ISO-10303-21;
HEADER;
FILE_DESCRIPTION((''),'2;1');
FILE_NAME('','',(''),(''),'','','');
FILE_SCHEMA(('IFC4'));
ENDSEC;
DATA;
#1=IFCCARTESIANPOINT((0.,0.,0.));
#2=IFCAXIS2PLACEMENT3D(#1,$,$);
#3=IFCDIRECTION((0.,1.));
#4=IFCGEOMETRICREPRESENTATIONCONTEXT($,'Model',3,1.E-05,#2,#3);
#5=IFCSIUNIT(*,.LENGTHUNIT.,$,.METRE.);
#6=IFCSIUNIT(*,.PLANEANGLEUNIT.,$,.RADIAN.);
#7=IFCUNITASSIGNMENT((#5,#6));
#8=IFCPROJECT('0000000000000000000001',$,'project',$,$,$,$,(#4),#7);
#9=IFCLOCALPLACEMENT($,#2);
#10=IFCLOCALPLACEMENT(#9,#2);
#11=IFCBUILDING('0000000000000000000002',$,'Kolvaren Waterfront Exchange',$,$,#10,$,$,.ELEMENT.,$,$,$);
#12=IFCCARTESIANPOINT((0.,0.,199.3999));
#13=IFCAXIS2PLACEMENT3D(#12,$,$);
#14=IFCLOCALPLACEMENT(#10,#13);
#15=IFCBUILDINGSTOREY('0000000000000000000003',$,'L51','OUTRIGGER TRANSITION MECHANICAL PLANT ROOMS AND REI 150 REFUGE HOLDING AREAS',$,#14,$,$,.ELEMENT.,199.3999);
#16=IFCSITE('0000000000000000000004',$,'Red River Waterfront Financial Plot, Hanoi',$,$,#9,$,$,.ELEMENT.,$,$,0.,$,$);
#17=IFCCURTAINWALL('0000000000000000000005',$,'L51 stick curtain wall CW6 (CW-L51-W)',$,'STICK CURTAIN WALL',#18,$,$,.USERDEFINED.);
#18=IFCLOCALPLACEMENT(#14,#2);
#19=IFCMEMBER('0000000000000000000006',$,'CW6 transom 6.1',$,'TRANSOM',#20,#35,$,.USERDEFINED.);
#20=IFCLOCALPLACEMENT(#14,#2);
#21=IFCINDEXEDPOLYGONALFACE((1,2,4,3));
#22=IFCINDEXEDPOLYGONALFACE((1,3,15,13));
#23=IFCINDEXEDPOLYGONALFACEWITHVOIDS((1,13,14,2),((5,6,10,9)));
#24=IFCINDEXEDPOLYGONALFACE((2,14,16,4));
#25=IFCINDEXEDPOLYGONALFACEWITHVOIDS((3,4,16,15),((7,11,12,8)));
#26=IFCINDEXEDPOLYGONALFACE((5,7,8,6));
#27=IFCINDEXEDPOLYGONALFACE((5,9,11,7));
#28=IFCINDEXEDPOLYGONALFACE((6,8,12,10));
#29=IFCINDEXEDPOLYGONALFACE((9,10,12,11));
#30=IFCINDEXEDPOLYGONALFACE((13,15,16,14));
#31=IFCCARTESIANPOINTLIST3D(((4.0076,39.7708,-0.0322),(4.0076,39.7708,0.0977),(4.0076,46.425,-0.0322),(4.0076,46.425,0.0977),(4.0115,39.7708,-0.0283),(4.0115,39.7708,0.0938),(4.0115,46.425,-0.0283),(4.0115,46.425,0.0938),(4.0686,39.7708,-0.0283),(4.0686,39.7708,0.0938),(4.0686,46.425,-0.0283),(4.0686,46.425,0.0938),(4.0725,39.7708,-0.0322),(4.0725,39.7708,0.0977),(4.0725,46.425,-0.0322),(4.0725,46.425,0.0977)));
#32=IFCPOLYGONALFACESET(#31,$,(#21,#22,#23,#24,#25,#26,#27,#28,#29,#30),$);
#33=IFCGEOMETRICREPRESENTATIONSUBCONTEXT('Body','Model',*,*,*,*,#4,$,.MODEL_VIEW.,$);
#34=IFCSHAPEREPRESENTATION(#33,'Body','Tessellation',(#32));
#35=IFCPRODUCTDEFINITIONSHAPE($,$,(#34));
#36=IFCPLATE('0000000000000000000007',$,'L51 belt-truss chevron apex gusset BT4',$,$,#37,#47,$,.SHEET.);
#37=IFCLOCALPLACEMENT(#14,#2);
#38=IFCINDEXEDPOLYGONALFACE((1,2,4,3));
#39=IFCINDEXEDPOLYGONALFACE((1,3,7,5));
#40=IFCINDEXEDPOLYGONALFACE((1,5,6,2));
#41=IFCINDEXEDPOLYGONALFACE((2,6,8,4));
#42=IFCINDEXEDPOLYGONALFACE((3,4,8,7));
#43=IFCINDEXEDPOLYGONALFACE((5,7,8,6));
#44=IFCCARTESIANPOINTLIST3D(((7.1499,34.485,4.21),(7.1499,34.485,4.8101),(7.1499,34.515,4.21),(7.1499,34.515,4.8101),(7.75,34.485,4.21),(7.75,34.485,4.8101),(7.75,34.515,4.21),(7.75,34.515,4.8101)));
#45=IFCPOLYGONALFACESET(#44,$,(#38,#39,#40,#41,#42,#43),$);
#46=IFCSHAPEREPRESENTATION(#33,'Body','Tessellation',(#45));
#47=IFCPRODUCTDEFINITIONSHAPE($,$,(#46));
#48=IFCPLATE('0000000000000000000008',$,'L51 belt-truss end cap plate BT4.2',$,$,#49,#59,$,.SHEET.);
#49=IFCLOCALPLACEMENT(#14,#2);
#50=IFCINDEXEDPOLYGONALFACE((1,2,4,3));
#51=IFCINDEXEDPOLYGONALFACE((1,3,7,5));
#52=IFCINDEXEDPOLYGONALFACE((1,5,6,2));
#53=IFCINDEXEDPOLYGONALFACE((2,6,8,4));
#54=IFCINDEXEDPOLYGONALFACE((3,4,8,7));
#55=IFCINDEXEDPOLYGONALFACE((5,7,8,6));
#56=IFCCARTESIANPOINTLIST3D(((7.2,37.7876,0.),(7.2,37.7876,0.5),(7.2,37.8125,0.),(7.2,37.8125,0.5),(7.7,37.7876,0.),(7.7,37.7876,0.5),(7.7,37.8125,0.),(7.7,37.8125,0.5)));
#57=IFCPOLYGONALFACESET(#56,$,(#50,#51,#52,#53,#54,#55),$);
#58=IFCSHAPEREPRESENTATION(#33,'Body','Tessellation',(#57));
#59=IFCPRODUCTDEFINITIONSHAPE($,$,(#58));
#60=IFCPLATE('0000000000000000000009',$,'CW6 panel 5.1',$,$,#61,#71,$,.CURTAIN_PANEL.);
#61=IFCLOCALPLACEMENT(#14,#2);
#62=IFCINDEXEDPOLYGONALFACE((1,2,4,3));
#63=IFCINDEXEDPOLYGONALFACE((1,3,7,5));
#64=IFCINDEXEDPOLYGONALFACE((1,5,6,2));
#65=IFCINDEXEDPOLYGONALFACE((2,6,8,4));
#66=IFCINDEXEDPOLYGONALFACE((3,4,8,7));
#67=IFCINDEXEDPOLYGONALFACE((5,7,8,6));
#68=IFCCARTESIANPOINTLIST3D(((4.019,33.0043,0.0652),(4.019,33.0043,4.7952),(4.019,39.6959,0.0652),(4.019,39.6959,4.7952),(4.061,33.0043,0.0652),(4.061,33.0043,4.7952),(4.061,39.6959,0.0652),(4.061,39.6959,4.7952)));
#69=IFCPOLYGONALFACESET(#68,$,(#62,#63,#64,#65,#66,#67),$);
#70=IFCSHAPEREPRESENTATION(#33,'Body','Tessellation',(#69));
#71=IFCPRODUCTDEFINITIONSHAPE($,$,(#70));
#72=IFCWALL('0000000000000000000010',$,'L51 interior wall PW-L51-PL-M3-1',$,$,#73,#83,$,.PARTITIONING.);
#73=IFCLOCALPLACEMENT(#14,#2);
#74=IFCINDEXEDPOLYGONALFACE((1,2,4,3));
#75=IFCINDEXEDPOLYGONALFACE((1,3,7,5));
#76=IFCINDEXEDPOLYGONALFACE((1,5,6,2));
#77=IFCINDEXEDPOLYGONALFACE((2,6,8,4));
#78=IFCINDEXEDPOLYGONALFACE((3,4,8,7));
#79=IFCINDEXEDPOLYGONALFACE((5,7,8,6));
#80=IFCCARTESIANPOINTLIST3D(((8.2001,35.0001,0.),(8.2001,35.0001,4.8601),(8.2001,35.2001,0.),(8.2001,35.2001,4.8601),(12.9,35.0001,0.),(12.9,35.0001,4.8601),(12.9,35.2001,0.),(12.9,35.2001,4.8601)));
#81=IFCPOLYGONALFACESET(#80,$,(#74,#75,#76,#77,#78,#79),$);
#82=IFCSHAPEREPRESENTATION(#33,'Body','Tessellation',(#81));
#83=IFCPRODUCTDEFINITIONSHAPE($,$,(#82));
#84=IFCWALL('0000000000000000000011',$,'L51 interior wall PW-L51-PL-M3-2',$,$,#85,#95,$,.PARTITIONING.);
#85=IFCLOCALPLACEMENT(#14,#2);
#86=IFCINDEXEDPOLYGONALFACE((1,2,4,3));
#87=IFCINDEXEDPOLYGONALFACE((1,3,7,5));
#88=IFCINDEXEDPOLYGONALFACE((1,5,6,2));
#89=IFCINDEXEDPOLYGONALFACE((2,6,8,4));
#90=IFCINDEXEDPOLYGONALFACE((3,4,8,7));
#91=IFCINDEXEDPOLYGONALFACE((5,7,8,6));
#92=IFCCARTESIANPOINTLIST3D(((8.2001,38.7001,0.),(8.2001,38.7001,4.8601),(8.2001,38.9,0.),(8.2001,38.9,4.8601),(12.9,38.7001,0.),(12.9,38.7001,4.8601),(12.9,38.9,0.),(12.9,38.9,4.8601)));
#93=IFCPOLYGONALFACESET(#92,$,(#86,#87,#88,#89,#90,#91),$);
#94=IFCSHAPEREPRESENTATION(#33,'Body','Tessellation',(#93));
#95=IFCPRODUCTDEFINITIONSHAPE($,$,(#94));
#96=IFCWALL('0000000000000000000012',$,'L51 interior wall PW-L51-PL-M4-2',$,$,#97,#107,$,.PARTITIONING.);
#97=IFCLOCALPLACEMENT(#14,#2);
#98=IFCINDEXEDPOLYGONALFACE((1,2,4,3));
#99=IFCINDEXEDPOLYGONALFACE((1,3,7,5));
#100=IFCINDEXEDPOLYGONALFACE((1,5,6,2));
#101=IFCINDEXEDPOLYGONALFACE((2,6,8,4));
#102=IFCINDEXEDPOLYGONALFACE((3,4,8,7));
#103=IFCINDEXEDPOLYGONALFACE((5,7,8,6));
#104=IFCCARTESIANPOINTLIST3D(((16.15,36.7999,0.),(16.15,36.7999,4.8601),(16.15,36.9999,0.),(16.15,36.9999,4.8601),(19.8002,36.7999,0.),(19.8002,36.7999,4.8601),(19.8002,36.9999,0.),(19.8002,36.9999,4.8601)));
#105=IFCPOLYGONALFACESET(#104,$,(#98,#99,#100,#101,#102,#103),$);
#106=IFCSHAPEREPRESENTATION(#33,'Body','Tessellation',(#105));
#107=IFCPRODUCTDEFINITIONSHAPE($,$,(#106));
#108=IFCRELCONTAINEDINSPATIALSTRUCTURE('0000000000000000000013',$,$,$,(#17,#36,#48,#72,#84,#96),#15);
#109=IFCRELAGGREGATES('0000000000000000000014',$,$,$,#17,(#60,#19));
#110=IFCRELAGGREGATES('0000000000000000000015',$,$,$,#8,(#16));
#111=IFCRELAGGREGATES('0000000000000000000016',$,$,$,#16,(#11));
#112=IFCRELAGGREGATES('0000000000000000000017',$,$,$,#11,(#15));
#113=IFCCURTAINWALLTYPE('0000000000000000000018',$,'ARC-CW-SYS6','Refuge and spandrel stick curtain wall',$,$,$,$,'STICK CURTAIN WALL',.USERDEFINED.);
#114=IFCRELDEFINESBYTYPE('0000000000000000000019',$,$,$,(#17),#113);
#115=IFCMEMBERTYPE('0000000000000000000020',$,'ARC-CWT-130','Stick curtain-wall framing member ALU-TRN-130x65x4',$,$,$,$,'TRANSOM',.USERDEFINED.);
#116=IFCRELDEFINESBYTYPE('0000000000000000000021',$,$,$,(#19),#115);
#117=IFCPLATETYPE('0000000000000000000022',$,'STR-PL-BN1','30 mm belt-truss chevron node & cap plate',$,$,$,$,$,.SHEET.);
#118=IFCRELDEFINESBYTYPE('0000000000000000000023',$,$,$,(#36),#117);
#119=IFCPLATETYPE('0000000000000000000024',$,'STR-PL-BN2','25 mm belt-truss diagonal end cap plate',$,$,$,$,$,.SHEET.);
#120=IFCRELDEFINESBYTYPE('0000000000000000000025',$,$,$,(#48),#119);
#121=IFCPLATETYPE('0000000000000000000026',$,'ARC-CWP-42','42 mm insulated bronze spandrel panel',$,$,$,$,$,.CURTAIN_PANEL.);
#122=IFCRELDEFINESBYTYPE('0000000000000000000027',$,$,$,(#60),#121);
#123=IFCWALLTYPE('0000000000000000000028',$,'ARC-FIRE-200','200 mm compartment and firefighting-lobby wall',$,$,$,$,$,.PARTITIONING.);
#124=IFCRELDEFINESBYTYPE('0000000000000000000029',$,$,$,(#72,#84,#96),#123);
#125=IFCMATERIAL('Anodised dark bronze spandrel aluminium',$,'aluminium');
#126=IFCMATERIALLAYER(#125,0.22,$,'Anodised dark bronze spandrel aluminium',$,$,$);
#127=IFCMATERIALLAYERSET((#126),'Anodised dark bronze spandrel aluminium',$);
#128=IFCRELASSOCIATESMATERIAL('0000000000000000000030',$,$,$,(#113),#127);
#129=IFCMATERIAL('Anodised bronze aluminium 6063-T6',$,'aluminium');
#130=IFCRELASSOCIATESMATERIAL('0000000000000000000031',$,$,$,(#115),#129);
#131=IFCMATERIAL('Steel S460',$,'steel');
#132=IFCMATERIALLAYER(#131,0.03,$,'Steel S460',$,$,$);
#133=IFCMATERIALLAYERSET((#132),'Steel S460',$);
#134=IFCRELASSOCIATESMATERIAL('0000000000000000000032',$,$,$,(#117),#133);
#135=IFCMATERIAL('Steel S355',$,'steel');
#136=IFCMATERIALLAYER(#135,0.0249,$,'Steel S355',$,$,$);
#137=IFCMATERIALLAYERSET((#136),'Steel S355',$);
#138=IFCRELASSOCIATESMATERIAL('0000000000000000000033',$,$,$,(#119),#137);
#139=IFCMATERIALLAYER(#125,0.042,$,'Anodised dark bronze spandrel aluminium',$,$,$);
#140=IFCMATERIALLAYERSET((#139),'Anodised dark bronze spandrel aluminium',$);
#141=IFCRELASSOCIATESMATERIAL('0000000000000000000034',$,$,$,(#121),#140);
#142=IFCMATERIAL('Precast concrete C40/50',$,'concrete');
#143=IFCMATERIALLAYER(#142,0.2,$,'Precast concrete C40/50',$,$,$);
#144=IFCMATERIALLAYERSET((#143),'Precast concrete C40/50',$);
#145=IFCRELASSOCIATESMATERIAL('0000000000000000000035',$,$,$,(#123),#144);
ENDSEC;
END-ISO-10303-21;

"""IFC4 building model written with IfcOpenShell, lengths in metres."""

from ifc_helpers import new_model, si_unit, direction, frame, frame_2d, origin, origin_with_axes, origin_2d, place, context, subcontext, project, spatial, rectangle, hollow_rectangle, extrude, source, transform, mapped, material, layer, layer_set, material_profile, profile_set, type_object, element, aggregate, save


model = new_model("IFC4")

# Units and contexts
model_context = context("Model", 3, precision=1e-05, world=origin(), true_north=direction((0.0, 1.0)))
body_context = subcontext(model_context, "Body", "Model", "MODEL_VIEW")
ifc_project = project(units=[si_unit("LENGTHUNIT", "METRE"), si_unit("PLANEANGLEUNIT", "RADIAN")], contexts=[model_context])

# Site, building, storey
site_placement = place(None, origin())
site = spatial("IfcSite", under=ifc_project, at=site_placement, Name="Red River Waterfront Financial Plot, Hanoi", CompositionType="ELEMENT", RefElevation=0.0)
building_placement = place(site_placement, origin())
building = spatial("IfcBuilding", under=site, at=building_placement, Name="Kolvaren Waterfront Exchange", CompositionType="ELEMENT")
storey_placement = place(building_placement, frame((0.0, 0.0, 199.3999)))
storey = spatial("IfcBuildingStorey", under=building, at=storey_placement, Name="L51", Description="OUTRIGGER TRANSITION MECHANICAL PLANT ROOMS AND REI 150 REFUGE HOLDING AREAS", CompositionType="ELEMENT", Elevation=199.3999)

# Shared definitions
ifc_material_1 = material(Name="Steel S355", Category="steel")

# Shared definitions
ifc_material_2 = material(Name="Steel S460", Category="steel")

# Curtain wall, member
ifc_material_3 = material(Name="Anodised dark bronze spandrel aluminium", Category="aluminium")
ifc_layer_1 = layer(ifc_material_3, 0.22, Name="Anodised dark bronze spandrel aluminium")
ifc_layer_set_1 = layer_set([ifc_layer_1], Name="Anodised dark bronze spandrel aluminium")
curtain_wall_type = type_object("IfcCurtainWallType", Name="ARC-CW-SYS6", Description="Refuge and spandrel stick curtain wall", ElementType="STICK CURTAIN WALL", PredefinedType="USERDEFINED", material=ifc_layer_set_1)
curtain_wall_placement = place(storey_placement, origin())
curtain_wall = element("IfcCurtainWall", 1, at=curtain_wall_placement, inside=storey, type_object=curtain_wall_type, Name="L51 stick curtain wall CW6 (CW-L51-W)", ObjectType="STICK CURTAIN WALL", PredefinedType="USERDEFINED")
ifc_material_4 = material(Name="Anodised bronze aluminium 6063-T6", Category="aluminium")
ifc_material_profile_1 = material_profile(ifc_material_4, hollow_rectangle(XDim=0.0649, YDim=0.1299, WallThickness=0.0039, at=origin_2d()), Name="ALU-TRN-130x65x4")
ifc_profile_set_1 = profile_set([ifc_material_profile_1], Name="Anodised bronze aluminium 6063-T6")
member_type_1 = type_object("IfcMemberType", Name="ARC-CWT-130", Description="Stick curtain-wall framing member ALU-TRN-130x65x4", ElementType="TRANSOM", PredefinedType="USERDEFINED", material=ifc_profile_set_1)
shared_shape_1 = source(origin_with_axes(), body_context, "Body", "SweptSolid", [
    extrude(hollow_rectangle(XDim=0.0649, YDim=0.1299, WallThickness=0.0039, at=origin_2d()), origin(), (0.0, 0.0, 1.0), 6.6543),
])
member_1_placement = place(storey_placement, frame((4.04, 39.7708, 0.0327), z_axis=(0.0, 1.0, 0.0), x_axis=(-1.0, 0.0, 0.0)))
member_1 = element("IfcMember", 2, at=member_1_placement, type_object=member_type_1, Name="CW6 transom 6.1", ObjectType="TRANSOM", PredefinedType="USERDEFINED", context=body_context, shape_type="MappedRepresentation", body=[
    mapped(shared_shape_1, transform((0.0, 0.0, 0.0), x_axis=(1.0, 0.0, 0.0), y_axis=(0.0, 1.0, 0.0), z_axis=(0.0, 0.0, 1.0), scale=1.0)),
])

# Plates
ifc_layer_2 = layer(ifc_material_2, 0.03, Name="Steel S460")
ifc_layer_set_2 = layer_set([ifc_layer_2], Name="Steel S460")
plate_type_1 = type_object("IfcPlateType", Name="STR-PL-BN1", Description="30 mm belt-truss chevron node & cap plate", PredefinedType="SHEET", material=ifc_layer_set_2)
shared_shape_2 = source(origin_with_axes(), body_context, "Body", "SweptSolid", [
    extrude(rectangle(XDim=0.6001, YDim=0.03, at=origin_2d()), origin(), (0.0, 0.0, 1.0), 0.6001),
])
plate_1_placement = place(storey_placement, frame((7.45, 34.5, 4.21), z_axis=(0.0, 0.0, 1.0), x_axis=(1.0, 0.0, 0.0)))
element("IfcPlate", 3, at=plate_1_placement, inside=storey, type_object=plate_type_1, Name="L51 belt-truss chevron apex gusset BT4", PredefinedType="SHEET", context=body_context, shape_type="MappedRepresentation", body=[
    mapped(shared_shape_2, transform((0.0, 0.0, 0.0), x_axis=(1.0, 0.0, 0.0), y_axis=(0.0, 1.0, 0.0), z_axis=(0.0, 0.0, 1.0), scale=1.0)),
])
ifc_layer_3 = layer(ifc_material_1, 0.0249, Name="Steel S355")
ifc_layer_set_3 = layer_set([ifc_layer_3], Name="Steel S355")
plate_type_2 = type_object("IfcPlateType", Name="STR-PL-BN2", Description="25 mm belt-truss diagonal end cap plate", PredefinedType="SHEET", material=ifc_layer_set_3)
shared_shape_3 = source(origin_with_axes(), body_context, "Body", "SweptSolid", [
    extrude(rectangle(XDim=0.5, YDim=0.0249, at=origin_2d()), origin(), (0.0, 0.0, 1.0), 0.5),
])
plate_2_placement = place(storey_placement, frame((7.45, 37.8, 0.0), z_axis=(0.0, 0.0, 1.0), x_axis=(1.0, 0.0, 0.0)))
element("IfcPlate", 4, at=plate_2_placement, inside=storey, type_object=plate_type_2, Name="L51 belt-truss end cap plate BT4.2", PredefinedType="SHEET", context=body_context, shape_type="MappedRepresentation", body=[
    mapped(shared_shape_3, transform((0.0, 0.0, 0.0), x_axis=(1.0, 0.0, 0.0), y_axis=(0.0, 1.0, 0.0), z_axis=(0.0, 0.0, 1.0), scale=1.0)),
])

# Plate
ifc_layer_4 = layer(ifc_material_3, 0.042, Name="Anodised dark bronze spandrel aluminium")
ifc_layer_set_4 = layer_set([ifc_layer_4], Name="Anodised dark bronze spandrel aluminium")
plate_type_3 = type_object("IfcPlateType", Name="ARC-CWP-42", Description="42 mm insulated bronze spandrel panel", PredefinedType="CURTAIN_PANEL", material=ifc_layer_set_4)
shared_shape_4 = source(origin_with_axes(), body_context, "Body", "SweptSolid", [
    extrude(rectangle(XDim=6.6917, YDim=0.042, at=origin_2d()), origin(), (0.0, 0.0, 1.0), 4.73),
])
plate_3_placement = place(storey_placement, frame((4.04, 36.3501, 0.0652), z_axis=(0.0, 0.0, 1.0), x_axis=(0.0, 1.0, 0.0)))
plate_3 = element("IfcPlate", 5, at=plate_3_placement, type_object=plate_type_3, Name="CW6 panel 5.1", PredefinedType="CURTAIN_PANEL", context=body_context, shape_type="MappedRepresentation", body=[
    mapped(shared_shape_4, transform((0.0, 0.0, 0.0), x_axis=(1.0, 0.0, 0.0), y_axis=(0.0, 1.0, 0.0), z_axis=(0.0, 0.0, 1.0), scale=1.0)),
])
aggregate(curtain_wall, [plate_3, member_1])

# Walls
ifc_material_5 = material(Name="Precast concrete C40/50", Category="concrete")
ifc_layer_5 = layer(ifc_material_5, 0.2, Name="Precast concrete C40/50")
ifc_layer_set_5 = layer_set([ifc_layer_5], Name="Precast concrete C40/50")
wall_type = type_object("IfcWallType", Name="ARC-FIRE-200", Description="200 mm compartment and firefighting-lobby wall", PredefinedType="PARTITIONING", material=ifc_layer_set_5)
for number, where, z_axis, x_axis, name in (
    (6, (8.2, 35.1001, 0.0), (0.0, 0.0, 1.0), (1.0, 0.0, 0.0), "L51 interior wall PW-L51-PL-M3-1"),
    (7, (8.2, 38.8, 0.0), (0.0, 0.0, 1.0), (1.0, 0.0, 0.0), "L51 interior wall PW-L51-PL-M3-2"),
):
    element("IfcWall", number, at=place(storey_placement, frame(where, z_axis=z_axis, x_axis=x_axis)), inside=storey, type_object=wall_type, Name=name, PredefinedType="PARTITIONING", context=body_context, shape_type="SweptSolid", body=[
        extrude(rectangle(XDim=4.7, YDim=0.2, at=frame_2d((2.3501, 0.0))), origin(), (0.0, 0.0, 1.0), 4.8601),
    ])
wall_placement = place(storey_placement, frame((16.1499, 36.8999, 0.0), z_axis=(0.0, 0.0, 1.0), x_axis=(1.0, 0.0, 0.0)))
element("IfcWall", 8, at=wall_placement, inside=storey, type_object=wall_type, Name="L51 interior wall PW-L51-PL-M4-2", PredefinedType="PARTITIONING", context=body_context, shape_type="SweptSolid", body=[
    extrude(rectangle(XDim=3.6501, YDim=0.2, at=frame_2d((1.8252, 0.0))), origin(), (0.0, 0.0, 1.0), 4.8601),
])

save(model, "model.ifc")
